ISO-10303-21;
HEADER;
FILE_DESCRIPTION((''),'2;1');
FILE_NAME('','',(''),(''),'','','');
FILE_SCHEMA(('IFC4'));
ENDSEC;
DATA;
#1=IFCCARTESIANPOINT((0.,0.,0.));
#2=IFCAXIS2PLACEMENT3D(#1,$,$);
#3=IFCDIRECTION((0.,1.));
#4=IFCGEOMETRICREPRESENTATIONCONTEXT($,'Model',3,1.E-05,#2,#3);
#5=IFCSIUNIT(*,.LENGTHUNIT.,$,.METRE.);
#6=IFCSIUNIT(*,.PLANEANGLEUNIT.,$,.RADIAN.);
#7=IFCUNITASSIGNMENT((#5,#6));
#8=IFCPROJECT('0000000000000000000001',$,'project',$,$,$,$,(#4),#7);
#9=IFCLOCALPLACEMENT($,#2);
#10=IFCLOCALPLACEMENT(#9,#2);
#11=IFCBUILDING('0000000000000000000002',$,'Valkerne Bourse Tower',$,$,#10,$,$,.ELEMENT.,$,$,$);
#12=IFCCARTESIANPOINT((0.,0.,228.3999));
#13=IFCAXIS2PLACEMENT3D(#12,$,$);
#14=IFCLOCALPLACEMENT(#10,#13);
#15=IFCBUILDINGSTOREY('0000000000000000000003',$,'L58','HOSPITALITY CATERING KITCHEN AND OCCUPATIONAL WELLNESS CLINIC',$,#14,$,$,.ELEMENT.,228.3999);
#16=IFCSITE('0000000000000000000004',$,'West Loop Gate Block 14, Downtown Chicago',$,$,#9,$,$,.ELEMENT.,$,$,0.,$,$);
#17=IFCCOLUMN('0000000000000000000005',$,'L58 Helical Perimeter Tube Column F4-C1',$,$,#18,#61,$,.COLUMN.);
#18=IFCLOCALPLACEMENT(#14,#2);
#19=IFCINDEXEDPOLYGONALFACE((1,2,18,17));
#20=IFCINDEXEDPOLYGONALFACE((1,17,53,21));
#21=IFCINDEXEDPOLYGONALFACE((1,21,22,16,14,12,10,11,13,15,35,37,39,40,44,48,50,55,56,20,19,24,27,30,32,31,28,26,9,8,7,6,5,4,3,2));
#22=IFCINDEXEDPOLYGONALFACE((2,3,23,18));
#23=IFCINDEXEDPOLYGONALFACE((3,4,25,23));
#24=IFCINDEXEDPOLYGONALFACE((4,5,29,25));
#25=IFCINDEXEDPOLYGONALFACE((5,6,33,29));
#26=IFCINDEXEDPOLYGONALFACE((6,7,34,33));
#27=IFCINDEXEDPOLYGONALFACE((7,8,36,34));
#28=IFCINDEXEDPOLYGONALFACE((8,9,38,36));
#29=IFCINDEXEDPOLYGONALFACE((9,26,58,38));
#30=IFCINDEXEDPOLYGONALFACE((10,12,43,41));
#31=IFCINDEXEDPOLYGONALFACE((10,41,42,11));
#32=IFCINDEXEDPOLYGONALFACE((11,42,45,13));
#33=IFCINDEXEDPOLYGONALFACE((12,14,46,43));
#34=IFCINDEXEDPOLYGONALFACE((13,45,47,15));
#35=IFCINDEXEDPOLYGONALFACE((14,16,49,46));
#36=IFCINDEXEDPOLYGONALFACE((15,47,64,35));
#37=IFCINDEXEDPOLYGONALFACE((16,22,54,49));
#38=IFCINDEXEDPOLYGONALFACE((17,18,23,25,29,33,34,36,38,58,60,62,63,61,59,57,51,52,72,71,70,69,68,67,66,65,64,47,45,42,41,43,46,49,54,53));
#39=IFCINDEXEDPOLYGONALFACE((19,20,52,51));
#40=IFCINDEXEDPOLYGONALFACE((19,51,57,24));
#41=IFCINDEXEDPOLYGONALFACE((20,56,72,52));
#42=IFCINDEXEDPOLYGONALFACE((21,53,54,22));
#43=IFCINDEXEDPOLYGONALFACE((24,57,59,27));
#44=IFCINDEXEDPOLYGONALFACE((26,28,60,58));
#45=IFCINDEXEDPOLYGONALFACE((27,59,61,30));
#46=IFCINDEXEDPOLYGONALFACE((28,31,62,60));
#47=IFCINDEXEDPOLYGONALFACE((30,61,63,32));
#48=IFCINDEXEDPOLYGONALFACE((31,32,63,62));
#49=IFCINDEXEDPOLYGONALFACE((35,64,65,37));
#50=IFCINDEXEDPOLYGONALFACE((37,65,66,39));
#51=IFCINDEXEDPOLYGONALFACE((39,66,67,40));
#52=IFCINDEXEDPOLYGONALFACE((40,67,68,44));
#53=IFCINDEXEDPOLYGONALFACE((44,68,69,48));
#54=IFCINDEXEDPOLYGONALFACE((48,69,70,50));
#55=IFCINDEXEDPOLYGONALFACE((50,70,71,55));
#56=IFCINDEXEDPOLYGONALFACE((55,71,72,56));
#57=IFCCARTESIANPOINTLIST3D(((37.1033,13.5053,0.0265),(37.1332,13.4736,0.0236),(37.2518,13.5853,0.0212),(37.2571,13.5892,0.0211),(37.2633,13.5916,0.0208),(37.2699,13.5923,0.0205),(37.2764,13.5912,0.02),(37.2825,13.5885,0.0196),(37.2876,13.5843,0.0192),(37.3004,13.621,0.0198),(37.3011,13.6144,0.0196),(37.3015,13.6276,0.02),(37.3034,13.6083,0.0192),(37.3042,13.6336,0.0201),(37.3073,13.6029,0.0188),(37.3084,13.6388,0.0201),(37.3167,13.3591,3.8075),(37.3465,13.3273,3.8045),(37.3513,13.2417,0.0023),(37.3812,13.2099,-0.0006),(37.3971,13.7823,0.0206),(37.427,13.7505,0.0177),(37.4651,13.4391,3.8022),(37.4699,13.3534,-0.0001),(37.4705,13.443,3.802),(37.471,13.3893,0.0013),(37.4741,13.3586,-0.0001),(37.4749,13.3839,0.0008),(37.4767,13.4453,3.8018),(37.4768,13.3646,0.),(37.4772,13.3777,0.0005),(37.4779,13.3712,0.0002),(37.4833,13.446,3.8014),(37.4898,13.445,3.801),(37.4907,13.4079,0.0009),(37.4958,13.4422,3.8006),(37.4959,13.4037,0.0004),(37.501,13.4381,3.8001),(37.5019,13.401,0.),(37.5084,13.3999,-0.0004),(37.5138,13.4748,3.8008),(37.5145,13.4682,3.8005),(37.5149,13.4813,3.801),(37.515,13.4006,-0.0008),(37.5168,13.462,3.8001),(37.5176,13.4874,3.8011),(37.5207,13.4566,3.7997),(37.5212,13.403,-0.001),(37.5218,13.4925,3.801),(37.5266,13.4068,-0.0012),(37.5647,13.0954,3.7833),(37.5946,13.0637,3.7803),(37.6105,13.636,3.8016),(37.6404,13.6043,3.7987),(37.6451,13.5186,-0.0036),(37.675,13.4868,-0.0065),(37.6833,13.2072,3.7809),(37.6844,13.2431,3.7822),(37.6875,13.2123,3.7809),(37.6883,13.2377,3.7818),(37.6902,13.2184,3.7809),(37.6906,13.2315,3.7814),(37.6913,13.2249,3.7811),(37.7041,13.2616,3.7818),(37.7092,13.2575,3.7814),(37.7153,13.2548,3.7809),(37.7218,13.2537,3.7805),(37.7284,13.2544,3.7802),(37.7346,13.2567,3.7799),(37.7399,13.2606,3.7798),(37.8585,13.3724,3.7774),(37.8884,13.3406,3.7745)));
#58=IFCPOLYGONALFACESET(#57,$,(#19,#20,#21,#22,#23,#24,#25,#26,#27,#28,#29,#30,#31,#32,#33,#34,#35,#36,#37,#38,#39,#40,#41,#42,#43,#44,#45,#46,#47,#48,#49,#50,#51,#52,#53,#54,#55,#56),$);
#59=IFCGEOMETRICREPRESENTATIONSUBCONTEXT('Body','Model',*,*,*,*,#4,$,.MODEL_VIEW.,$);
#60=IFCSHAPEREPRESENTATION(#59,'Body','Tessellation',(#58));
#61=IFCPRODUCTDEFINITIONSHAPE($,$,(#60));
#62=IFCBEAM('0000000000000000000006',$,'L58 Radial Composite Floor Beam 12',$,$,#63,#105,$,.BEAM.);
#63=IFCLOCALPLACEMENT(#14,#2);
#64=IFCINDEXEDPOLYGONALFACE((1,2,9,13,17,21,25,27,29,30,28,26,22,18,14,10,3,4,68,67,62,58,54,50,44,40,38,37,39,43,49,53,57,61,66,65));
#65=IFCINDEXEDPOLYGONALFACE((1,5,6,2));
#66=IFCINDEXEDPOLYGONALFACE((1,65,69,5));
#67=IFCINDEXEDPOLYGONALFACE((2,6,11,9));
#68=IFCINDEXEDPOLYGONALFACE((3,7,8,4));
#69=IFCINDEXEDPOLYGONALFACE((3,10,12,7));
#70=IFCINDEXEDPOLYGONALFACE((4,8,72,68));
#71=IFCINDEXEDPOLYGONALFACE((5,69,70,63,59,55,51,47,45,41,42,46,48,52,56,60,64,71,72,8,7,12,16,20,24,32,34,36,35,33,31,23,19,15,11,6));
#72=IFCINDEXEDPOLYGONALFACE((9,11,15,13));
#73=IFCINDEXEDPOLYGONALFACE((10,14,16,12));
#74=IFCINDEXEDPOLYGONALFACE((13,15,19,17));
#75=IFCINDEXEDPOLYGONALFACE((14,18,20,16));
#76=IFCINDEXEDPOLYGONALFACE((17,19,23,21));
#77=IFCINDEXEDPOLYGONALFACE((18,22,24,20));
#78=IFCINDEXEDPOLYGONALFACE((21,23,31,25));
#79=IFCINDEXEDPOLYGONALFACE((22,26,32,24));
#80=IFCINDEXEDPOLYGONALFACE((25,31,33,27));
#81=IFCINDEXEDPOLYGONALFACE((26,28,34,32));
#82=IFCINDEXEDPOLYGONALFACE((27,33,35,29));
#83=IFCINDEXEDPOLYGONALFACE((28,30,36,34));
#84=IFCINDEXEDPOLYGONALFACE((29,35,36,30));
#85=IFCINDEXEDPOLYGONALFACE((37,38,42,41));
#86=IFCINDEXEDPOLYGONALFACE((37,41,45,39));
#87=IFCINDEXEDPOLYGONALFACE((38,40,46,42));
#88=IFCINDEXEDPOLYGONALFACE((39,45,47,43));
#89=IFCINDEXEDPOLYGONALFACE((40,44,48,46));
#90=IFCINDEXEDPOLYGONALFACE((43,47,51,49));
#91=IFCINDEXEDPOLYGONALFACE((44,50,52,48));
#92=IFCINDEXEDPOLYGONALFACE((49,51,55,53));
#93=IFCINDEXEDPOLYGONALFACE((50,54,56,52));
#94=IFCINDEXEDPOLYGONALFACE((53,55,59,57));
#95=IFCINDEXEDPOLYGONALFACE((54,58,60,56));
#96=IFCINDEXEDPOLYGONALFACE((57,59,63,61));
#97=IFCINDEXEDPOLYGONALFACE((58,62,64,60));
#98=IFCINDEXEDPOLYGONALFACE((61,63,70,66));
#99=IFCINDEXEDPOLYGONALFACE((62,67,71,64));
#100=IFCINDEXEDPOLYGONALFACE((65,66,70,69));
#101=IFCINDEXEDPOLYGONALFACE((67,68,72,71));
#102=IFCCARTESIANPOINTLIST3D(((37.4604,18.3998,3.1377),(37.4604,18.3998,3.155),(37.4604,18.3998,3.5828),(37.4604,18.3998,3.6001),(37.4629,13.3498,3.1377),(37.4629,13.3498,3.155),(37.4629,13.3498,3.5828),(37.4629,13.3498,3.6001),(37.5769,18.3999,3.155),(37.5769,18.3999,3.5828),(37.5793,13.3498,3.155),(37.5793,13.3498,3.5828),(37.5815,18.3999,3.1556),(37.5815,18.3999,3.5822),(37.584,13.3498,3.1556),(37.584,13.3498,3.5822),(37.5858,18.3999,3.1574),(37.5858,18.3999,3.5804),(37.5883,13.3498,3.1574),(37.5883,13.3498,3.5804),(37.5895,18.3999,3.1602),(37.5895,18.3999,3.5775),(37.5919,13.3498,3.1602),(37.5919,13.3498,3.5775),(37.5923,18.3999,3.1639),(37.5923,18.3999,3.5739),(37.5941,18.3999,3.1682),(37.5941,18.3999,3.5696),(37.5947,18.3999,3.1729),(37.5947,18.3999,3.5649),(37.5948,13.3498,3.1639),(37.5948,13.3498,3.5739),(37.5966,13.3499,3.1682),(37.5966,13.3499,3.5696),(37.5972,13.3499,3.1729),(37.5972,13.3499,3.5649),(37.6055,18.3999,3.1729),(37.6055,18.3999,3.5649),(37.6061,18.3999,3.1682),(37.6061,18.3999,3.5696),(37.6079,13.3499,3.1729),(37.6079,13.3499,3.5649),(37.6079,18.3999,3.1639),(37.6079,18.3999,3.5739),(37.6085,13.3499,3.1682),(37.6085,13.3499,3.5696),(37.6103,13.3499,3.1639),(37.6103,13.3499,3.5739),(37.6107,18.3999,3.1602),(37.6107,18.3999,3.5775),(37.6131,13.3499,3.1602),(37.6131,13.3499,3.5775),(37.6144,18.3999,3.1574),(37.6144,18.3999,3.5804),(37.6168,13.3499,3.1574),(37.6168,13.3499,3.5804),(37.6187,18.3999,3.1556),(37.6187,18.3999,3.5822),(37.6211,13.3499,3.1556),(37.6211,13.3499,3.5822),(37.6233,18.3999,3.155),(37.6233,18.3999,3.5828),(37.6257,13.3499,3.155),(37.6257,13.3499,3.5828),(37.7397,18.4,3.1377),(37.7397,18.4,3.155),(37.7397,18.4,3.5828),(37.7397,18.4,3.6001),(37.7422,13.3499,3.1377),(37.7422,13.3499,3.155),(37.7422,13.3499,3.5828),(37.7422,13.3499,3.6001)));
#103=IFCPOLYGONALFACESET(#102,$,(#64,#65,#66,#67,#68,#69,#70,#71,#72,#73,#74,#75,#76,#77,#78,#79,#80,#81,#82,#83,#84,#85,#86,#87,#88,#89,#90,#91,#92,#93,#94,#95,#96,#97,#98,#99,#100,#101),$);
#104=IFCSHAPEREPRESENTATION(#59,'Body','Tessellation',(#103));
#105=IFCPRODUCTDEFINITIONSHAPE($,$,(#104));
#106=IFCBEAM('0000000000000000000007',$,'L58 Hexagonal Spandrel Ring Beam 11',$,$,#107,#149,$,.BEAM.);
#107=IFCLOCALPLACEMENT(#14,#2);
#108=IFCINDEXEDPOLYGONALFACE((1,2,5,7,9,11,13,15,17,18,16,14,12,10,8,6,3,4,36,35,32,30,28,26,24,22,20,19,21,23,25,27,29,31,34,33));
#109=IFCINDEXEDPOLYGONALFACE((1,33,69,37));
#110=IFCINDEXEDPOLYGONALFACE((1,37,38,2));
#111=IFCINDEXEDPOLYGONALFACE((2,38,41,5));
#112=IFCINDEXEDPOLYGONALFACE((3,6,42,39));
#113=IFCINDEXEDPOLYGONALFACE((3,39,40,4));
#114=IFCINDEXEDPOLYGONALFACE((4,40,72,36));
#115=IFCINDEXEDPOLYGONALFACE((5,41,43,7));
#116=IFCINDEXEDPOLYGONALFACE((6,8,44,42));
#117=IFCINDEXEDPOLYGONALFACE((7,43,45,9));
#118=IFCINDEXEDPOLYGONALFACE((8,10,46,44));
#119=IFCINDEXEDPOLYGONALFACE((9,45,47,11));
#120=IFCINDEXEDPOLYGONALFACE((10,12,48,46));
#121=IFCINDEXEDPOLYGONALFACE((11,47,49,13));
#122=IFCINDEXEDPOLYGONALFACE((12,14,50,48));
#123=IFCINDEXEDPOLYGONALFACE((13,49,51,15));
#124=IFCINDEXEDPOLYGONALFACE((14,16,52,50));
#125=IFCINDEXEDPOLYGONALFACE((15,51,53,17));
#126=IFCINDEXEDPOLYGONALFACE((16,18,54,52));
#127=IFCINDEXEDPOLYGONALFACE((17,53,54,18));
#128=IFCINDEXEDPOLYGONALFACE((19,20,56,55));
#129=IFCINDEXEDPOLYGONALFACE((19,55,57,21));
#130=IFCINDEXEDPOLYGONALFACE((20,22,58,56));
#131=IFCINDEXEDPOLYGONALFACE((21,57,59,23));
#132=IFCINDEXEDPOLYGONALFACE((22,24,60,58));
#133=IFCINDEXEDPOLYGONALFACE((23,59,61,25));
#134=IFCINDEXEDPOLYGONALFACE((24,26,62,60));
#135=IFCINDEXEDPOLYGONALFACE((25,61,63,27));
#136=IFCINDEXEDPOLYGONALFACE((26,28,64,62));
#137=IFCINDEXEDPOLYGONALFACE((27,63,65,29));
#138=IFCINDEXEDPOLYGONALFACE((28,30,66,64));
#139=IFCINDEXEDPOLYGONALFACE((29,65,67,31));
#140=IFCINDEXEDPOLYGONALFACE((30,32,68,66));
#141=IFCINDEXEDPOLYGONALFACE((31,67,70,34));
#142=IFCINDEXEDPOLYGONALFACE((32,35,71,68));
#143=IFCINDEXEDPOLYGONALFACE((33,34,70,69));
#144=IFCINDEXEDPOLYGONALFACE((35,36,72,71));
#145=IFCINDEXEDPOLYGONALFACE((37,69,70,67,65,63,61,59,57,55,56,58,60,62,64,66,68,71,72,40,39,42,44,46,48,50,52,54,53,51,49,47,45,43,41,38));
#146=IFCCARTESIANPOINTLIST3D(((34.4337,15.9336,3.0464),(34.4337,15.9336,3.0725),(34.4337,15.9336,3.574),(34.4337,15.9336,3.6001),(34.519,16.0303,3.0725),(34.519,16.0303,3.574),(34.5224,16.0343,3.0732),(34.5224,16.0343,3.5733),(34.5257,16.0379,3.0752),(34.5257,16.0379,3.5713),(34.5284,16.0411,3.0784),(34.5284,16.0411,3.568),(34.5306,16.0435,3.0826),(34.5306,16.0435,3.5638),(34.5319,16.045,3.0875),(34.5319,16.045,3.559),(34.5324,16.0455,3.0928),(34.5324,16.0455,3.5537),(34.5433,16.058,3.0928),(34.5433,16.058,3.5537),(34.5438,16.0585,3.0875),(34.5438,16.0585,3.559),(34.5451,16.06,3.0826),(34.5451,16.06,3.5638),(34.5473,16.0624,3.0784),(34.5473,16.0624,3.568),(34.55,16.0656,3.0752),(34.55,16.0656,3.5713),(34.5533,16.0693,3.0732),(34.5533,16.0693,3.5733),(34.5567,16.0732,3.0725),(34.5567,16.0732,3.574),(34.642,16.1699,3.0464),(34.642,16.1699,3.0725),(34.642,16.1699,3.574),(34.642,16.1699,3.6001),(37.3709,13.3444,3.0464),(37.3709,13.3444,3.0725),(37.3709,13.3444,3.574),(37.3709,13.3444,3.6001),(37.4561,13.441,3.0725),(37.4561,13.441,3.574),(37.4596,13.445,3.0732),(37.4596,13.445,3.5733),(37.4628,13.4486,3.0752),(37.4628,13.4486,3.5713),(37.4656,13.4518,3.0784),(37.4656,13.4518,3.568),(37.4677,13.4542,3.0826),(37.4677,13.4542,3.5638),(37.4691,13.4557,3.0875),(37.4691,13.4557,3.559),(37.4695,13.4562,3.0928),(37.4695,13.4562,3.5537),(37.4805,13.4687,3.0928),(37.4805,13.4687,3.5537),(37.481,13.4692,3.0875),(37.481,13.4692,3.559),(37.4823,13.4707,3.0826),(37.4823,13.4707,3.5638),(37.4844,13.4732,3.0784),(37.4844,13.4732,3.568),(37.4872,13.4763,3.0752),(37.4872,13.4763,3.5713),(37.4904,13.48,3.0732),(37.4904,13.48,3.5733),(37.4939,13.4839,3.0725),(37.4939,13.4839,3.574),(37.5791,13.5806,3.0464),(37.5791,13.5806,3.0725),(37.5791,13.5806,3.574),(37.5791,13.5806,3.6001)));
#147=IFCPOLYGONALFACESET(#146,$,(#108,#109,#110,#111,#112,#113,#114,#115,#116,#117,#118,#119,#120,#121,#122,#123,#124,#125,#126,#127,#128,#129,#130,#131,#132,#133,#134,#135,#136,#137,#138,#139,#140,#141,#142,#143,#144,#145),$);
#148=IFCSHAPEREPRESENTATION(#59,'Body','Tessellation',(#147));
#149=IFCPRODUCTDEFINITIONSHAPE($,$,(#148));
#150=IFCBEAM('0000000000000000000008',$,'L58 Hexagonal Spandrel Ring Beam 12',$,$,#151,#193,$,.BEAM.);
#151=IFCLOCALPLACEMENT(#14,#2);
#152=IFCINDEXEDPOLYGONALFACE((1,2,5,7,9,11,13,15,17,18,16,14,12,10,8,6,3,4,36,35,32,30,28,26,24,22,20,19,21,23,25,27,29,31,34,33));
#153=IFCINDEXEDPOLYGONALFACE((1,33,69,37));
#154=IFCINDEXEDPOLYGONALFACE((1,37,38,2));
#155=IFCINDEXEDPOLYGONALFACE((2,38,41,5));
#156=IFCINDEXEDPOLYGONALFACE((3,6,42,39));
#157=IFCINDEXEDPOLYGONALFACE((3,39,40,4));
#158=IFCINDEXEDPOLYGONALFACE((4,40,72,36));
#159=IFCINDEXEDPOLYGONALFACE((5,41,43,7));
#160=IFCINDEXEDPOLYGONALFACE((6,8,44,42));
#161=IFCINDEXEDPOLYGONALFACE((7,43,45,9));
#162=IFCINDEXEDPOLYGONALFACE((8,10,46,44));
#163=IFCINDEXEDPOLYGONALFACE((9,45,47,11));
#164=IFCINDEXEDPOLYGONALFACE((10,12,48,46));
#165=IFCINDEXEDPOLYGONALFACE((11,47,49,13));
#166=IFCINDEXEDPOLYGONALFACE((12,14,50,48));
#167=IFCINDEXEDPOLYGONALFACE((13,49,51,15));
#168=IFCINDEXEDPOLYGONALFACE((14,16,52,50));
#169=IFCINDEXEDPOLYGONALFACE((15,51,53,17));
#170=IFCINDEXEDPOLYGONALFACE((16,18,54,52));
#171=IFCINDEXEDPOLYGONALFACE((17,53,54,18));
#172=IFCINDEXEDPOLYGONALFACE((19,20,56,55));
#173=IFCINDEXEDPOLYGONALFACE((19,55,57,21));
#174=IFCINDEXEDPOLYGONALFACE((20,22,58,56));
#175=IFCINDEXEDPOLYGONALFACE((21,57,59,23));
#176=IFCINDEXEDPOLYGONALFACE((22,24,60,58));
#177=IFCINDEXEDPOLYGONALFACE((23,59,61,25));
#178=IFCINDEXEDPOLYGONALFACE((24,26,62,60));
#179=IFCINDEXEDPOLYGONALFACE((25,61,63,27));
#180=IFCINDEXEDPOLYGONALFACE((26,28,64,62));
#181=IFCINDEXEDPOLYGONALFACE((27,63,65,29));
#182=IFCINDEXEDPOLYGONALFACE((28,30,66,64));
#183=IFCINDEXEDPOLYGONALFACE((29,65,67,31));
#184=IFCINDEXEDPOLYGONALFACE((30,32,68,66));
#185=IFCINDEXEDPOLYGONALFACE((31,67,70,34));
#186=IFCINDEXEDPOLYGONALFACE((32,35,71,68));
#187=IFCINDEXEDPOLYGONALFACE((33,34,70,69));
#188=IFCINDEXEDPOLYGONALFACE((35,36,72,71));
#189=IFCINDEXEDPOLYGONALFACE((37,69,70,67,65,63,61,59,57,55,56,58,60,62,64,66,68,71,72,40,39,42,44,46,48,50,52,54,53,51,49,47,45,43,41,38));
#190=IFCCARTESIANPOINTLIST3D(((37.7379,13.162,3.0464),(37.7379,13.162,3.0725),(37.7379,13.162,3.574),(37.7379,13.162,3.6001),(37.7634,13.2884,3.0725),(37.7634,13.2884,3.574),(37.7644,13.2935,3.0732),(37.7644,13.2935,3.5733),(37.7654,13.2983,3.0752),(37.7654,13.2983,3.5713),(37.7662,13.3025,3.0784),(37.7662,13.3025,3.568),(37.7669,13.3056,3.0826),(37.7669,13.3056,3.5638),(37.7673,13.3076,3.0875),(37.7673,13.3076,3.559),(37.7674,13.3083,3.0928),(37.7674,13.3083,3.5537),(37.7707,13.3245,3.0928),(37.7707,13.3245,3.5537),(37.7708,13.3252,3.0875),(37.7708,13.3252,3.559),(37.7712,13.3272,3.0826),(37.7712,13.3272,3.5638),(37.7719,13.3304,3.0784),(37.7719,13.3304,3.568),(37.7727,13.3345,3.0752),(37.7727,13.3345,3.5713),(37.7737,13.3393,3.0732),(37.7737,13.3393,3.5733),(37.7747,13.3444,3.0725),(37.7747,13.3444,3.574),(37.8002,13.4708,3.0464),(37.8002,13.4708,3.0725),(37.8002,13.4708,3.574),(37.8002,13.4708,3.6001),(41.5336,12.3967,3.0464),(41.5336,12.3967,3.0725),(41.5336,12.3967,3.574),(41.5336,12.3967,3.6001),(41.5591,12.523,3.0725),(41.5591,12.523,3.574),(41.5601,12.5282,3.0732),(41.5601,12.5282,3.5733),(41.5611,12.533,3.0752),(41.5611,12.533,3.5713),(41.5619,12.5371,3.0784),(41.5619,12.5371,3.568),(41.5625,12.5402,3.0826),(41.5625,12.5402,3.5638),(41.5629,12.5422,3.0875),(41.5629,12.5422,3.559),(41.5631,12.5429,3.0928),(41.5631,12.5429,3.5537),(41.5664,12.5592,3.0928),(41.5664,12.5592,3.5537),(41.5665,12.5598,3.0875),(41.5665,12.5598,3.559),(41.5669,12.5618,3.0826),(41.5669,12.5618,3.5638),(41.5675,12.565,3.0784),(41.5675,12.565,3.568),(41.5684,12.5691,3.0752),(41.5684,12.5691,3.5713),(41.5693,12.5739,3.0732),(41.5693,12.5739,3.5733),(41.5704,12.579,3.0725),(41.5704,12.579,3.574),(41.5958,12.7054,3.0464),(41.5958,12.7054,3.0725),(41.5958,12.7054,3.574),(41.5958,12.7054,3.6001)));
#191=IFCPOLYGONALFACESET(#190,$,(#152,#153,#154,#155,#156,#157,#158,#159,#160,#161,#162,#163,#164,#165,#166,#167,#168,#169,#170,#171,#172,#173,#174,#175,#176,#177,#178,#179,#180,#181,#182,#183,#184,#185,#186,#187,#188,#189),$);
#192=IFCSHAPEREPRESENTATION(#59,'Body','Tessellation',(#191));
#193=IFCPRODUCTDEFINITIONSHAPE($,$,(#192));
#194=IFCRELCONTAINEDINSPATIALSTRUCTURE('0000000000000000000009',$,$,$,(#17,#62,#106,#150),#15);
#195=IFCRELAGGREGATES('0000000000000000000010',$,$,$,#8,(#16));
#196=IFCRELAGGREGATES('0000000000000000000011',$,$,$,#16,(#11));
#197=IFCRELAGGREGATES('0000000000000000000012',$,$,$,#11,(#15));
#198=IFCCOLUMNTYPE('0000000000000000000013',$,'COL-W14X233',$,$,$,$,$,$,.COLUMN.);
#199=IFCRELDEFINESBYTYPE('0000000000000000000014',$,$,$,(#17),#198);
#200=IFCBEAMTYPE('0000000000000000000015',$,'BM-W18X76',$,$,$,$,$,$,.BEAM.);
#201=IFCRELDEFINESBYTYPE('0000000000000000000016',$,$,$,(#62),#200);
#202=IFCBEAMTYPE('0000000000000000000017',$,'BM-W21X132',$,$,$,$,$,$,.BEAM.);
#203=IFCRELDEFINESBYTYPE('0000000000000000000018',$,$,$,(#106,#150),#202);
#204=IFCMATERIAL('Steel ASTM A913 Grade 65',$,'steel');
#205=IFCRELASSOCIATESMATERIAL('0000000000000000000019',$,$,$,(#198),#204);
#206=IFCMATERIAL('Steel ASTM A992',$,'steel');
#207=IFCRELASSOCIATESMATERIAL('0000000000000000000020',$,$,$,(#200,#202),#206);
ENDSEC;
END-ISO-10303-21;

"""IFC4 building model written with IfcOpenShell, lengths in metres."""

from ifc_helpers import new_model, si_unit, direction, frame, origin, origin_2d, place, context, subcontext, project, spatial, i_section, extrude, material, material_profile, profile_set, type_object, element, save


model = new_model("IFC4")

# Units and contexts
model_context = context("Model", 3, precision=1e-05, world=origin(), true_north=direction((0.0, 1.0)))
body_context = subcontext(model_context, "Body", "Model", "MODEL_VIEW")
ifc_project = project(units=[si_unit("LENGTHUNIT", "METRE"), si_unit("PLANEANGLEUNIT", "RADIAN")], contexts=[model_context])

# Site, building, storey
site_placement = place(None, origin())
site = spatial("IfcSite", under=ifc_project, at=site_placement, Name="West Loop Gate Block 14, Downtown Chicago", CompositionType="ELEMENT", RefElevation=0.0)
building_placement = place(site_placement, origin())
building = spatial("IfcBuilding", under=site, at=building_placement, Name="Valkerne Bourse Tower", CompositionType="ELEMENT")
storey_placement = place(building_placement, frame((0.0, 0.0, 228.3999)))
storey = spatial("IfcBuildingStorey", under=building, at=storey_placement, Name="L58", Description="HOSPITALITY CATERING KITCHEN AND OCCUPATIONAL WELLNESS CLINIC", CompositionType="ELEMENT", Elevation=228.3999)

# Column
ifc_material_1 = material(Name="Steel ASTM A913 Grade 65", Category="steel")
ifc_material_profile_1 = material_profile(ifc_material_1, i_section(OverallWidth=0.4038, OverallDepth=0.4065, WebThickness=0.0271, FlangeThickness=0.0437, FilletRadius=0.0254, at=origin_2d()), Name="W14X233")
ifc_profile_set_1 = profile_set([ifc_material_profile_1], Name="Steel ASTM A913 Grade 65")
column_type = type_object("IfcColumnType", Name="COL-W14X233", PredefinedType="COLUMN", material=ifc_profile_set_1)
column_placement = place(storey_placement, frame((37.3892, 13.4961, 0.01), z_axis=(0.056303, -0.038587, 0.997668), x_axis=(0.727662, 0.685782, -0.014541)))
element("IfcColumn", 1, at=column_placement, inside=storey, type_object=column_type, Name="L58 Helical Perimeter Tube Column F4-C1", PredefinedType="COLUMN", context=body_context, shape_type="SweptSolid", body=[
    extrude(i_section(OverallWidth=0.4038, OverallDepth=0.4065, WebThickness=0.0271, FlangeThickness=0.0437, FilletRadius=0.0254, at=origin_2d()), origin(), (0.0, 0.0, 1.0), 3.7898),
])

# Beams
ifc_material_2 = material(Name="Steel ASTM A992", Category="steel")
ifc_material_profile_2 = material_profile(ifc_material_2, i_section(OverallWidth=0.2793, OverallDepth=0.4624, WebThickness=0.0107, FlangeThickness=0.0173, FilletRadius=0.0178, at=origin_2d()), Name="W18X76")
ifc_profile_set_2 = profile_set([ifc_material_profile_2], Name="Steel ASTM A992")
beam_type_1 = type_object("IfcBeamType", Name="BM-W18X76", PredefinedType="BEAM", material=ifc_profile_set_2)
beam_1_placement = place(storey_placement, frame((37.6025, 13.3499, 3.3689), z_axis=(-0.000483, 1.0, 0.0), x_axis=(-1.0, -0.000483, 0.0)))
element("IfcBeam", 2, at=beam_1_placement, inside=storey, type_object=beam_type_1, Name="L58 Radial Composite Floor Beam 12", PredefinedType="BEAM", context=body_context, shape_type="SweptSolid", body=[
    extrude(i_section(OverallWidth=0.2793, OverallDepth=0.4624, WebThickness=0.0107, FlangeThickness=0.0173, FilletRadius=0.0178, at=origin_2d()), origin(), (0.0, 0.0, 1.0), 5.05),
])
ifc_material_profile_3 = material_profile(ifc_material_2, i_section(OverallWidth=0.3149, OverallDepth=0.5537, WebThickness=0.0166, FlangeThickness=0.0261, FilletRadius=0.0203, at=origin_2d()), Name="W21X132")
ifc_profile_set_3 = profile_set([ifc_material_profile_3], Name="Steel ASTM A992")
beam_type_2 = type_object("IfcBeamType", Name="BM-W21X132", PredefinedType="BEAM", material=ifc_profile_set_3)
beam_2_placement = place(storey_placement, frame((34.5378, 16.0518, 3.3232), z_axis=(0.750134, -0.661285, 0.0), x_axis=(0.661285, 0.750134, 0.0)))
element("IfcBeam", 3, at=beam_2_placement, inside=storey, type_object=beam_type_2, Name="L58 Hexagonal Spandrel Ring Beam 11", PredefinedType="BEAM", context=body_context, shape_type="SweptSolid", body=[
    extrude(i_section(OverallWidth=0.3149, OverallDepth=0.5537, WebThickness=0.0166, FlangeThickness=0.0261, FilletRadius=0.0203, at=origin_2d()), origin(), (0.0, 0.0, 1.0), 3.9155),
])
beam_3_placement = place(storey_placement, frame((37.769, 13.3164, 3.3232), z_axis=(0.980269, -0.197668, 0.0), x_axis=(0.197668, 0.980269, 0.0)))
element("IfcBeam", 4, at=beam_3_placement, inside=storey, type_object=beam_type_2, Name="L58 Hexagonal Spandrel Ring Beam 12", PredefinedType="BEAM", context=body_context, shape_type="SweptSolid", body=[
    extrude(i_section(OverallWidth=0.3149, OverallDepth=0.5537, WebThickness=0.0166, FlangeThickness=0.0261, FilletRadius=0.0203, at=origin_2d()), origin(), (0.0, 0.0, 1.0), 3.8721),
])

save(model, "model.ifc")
